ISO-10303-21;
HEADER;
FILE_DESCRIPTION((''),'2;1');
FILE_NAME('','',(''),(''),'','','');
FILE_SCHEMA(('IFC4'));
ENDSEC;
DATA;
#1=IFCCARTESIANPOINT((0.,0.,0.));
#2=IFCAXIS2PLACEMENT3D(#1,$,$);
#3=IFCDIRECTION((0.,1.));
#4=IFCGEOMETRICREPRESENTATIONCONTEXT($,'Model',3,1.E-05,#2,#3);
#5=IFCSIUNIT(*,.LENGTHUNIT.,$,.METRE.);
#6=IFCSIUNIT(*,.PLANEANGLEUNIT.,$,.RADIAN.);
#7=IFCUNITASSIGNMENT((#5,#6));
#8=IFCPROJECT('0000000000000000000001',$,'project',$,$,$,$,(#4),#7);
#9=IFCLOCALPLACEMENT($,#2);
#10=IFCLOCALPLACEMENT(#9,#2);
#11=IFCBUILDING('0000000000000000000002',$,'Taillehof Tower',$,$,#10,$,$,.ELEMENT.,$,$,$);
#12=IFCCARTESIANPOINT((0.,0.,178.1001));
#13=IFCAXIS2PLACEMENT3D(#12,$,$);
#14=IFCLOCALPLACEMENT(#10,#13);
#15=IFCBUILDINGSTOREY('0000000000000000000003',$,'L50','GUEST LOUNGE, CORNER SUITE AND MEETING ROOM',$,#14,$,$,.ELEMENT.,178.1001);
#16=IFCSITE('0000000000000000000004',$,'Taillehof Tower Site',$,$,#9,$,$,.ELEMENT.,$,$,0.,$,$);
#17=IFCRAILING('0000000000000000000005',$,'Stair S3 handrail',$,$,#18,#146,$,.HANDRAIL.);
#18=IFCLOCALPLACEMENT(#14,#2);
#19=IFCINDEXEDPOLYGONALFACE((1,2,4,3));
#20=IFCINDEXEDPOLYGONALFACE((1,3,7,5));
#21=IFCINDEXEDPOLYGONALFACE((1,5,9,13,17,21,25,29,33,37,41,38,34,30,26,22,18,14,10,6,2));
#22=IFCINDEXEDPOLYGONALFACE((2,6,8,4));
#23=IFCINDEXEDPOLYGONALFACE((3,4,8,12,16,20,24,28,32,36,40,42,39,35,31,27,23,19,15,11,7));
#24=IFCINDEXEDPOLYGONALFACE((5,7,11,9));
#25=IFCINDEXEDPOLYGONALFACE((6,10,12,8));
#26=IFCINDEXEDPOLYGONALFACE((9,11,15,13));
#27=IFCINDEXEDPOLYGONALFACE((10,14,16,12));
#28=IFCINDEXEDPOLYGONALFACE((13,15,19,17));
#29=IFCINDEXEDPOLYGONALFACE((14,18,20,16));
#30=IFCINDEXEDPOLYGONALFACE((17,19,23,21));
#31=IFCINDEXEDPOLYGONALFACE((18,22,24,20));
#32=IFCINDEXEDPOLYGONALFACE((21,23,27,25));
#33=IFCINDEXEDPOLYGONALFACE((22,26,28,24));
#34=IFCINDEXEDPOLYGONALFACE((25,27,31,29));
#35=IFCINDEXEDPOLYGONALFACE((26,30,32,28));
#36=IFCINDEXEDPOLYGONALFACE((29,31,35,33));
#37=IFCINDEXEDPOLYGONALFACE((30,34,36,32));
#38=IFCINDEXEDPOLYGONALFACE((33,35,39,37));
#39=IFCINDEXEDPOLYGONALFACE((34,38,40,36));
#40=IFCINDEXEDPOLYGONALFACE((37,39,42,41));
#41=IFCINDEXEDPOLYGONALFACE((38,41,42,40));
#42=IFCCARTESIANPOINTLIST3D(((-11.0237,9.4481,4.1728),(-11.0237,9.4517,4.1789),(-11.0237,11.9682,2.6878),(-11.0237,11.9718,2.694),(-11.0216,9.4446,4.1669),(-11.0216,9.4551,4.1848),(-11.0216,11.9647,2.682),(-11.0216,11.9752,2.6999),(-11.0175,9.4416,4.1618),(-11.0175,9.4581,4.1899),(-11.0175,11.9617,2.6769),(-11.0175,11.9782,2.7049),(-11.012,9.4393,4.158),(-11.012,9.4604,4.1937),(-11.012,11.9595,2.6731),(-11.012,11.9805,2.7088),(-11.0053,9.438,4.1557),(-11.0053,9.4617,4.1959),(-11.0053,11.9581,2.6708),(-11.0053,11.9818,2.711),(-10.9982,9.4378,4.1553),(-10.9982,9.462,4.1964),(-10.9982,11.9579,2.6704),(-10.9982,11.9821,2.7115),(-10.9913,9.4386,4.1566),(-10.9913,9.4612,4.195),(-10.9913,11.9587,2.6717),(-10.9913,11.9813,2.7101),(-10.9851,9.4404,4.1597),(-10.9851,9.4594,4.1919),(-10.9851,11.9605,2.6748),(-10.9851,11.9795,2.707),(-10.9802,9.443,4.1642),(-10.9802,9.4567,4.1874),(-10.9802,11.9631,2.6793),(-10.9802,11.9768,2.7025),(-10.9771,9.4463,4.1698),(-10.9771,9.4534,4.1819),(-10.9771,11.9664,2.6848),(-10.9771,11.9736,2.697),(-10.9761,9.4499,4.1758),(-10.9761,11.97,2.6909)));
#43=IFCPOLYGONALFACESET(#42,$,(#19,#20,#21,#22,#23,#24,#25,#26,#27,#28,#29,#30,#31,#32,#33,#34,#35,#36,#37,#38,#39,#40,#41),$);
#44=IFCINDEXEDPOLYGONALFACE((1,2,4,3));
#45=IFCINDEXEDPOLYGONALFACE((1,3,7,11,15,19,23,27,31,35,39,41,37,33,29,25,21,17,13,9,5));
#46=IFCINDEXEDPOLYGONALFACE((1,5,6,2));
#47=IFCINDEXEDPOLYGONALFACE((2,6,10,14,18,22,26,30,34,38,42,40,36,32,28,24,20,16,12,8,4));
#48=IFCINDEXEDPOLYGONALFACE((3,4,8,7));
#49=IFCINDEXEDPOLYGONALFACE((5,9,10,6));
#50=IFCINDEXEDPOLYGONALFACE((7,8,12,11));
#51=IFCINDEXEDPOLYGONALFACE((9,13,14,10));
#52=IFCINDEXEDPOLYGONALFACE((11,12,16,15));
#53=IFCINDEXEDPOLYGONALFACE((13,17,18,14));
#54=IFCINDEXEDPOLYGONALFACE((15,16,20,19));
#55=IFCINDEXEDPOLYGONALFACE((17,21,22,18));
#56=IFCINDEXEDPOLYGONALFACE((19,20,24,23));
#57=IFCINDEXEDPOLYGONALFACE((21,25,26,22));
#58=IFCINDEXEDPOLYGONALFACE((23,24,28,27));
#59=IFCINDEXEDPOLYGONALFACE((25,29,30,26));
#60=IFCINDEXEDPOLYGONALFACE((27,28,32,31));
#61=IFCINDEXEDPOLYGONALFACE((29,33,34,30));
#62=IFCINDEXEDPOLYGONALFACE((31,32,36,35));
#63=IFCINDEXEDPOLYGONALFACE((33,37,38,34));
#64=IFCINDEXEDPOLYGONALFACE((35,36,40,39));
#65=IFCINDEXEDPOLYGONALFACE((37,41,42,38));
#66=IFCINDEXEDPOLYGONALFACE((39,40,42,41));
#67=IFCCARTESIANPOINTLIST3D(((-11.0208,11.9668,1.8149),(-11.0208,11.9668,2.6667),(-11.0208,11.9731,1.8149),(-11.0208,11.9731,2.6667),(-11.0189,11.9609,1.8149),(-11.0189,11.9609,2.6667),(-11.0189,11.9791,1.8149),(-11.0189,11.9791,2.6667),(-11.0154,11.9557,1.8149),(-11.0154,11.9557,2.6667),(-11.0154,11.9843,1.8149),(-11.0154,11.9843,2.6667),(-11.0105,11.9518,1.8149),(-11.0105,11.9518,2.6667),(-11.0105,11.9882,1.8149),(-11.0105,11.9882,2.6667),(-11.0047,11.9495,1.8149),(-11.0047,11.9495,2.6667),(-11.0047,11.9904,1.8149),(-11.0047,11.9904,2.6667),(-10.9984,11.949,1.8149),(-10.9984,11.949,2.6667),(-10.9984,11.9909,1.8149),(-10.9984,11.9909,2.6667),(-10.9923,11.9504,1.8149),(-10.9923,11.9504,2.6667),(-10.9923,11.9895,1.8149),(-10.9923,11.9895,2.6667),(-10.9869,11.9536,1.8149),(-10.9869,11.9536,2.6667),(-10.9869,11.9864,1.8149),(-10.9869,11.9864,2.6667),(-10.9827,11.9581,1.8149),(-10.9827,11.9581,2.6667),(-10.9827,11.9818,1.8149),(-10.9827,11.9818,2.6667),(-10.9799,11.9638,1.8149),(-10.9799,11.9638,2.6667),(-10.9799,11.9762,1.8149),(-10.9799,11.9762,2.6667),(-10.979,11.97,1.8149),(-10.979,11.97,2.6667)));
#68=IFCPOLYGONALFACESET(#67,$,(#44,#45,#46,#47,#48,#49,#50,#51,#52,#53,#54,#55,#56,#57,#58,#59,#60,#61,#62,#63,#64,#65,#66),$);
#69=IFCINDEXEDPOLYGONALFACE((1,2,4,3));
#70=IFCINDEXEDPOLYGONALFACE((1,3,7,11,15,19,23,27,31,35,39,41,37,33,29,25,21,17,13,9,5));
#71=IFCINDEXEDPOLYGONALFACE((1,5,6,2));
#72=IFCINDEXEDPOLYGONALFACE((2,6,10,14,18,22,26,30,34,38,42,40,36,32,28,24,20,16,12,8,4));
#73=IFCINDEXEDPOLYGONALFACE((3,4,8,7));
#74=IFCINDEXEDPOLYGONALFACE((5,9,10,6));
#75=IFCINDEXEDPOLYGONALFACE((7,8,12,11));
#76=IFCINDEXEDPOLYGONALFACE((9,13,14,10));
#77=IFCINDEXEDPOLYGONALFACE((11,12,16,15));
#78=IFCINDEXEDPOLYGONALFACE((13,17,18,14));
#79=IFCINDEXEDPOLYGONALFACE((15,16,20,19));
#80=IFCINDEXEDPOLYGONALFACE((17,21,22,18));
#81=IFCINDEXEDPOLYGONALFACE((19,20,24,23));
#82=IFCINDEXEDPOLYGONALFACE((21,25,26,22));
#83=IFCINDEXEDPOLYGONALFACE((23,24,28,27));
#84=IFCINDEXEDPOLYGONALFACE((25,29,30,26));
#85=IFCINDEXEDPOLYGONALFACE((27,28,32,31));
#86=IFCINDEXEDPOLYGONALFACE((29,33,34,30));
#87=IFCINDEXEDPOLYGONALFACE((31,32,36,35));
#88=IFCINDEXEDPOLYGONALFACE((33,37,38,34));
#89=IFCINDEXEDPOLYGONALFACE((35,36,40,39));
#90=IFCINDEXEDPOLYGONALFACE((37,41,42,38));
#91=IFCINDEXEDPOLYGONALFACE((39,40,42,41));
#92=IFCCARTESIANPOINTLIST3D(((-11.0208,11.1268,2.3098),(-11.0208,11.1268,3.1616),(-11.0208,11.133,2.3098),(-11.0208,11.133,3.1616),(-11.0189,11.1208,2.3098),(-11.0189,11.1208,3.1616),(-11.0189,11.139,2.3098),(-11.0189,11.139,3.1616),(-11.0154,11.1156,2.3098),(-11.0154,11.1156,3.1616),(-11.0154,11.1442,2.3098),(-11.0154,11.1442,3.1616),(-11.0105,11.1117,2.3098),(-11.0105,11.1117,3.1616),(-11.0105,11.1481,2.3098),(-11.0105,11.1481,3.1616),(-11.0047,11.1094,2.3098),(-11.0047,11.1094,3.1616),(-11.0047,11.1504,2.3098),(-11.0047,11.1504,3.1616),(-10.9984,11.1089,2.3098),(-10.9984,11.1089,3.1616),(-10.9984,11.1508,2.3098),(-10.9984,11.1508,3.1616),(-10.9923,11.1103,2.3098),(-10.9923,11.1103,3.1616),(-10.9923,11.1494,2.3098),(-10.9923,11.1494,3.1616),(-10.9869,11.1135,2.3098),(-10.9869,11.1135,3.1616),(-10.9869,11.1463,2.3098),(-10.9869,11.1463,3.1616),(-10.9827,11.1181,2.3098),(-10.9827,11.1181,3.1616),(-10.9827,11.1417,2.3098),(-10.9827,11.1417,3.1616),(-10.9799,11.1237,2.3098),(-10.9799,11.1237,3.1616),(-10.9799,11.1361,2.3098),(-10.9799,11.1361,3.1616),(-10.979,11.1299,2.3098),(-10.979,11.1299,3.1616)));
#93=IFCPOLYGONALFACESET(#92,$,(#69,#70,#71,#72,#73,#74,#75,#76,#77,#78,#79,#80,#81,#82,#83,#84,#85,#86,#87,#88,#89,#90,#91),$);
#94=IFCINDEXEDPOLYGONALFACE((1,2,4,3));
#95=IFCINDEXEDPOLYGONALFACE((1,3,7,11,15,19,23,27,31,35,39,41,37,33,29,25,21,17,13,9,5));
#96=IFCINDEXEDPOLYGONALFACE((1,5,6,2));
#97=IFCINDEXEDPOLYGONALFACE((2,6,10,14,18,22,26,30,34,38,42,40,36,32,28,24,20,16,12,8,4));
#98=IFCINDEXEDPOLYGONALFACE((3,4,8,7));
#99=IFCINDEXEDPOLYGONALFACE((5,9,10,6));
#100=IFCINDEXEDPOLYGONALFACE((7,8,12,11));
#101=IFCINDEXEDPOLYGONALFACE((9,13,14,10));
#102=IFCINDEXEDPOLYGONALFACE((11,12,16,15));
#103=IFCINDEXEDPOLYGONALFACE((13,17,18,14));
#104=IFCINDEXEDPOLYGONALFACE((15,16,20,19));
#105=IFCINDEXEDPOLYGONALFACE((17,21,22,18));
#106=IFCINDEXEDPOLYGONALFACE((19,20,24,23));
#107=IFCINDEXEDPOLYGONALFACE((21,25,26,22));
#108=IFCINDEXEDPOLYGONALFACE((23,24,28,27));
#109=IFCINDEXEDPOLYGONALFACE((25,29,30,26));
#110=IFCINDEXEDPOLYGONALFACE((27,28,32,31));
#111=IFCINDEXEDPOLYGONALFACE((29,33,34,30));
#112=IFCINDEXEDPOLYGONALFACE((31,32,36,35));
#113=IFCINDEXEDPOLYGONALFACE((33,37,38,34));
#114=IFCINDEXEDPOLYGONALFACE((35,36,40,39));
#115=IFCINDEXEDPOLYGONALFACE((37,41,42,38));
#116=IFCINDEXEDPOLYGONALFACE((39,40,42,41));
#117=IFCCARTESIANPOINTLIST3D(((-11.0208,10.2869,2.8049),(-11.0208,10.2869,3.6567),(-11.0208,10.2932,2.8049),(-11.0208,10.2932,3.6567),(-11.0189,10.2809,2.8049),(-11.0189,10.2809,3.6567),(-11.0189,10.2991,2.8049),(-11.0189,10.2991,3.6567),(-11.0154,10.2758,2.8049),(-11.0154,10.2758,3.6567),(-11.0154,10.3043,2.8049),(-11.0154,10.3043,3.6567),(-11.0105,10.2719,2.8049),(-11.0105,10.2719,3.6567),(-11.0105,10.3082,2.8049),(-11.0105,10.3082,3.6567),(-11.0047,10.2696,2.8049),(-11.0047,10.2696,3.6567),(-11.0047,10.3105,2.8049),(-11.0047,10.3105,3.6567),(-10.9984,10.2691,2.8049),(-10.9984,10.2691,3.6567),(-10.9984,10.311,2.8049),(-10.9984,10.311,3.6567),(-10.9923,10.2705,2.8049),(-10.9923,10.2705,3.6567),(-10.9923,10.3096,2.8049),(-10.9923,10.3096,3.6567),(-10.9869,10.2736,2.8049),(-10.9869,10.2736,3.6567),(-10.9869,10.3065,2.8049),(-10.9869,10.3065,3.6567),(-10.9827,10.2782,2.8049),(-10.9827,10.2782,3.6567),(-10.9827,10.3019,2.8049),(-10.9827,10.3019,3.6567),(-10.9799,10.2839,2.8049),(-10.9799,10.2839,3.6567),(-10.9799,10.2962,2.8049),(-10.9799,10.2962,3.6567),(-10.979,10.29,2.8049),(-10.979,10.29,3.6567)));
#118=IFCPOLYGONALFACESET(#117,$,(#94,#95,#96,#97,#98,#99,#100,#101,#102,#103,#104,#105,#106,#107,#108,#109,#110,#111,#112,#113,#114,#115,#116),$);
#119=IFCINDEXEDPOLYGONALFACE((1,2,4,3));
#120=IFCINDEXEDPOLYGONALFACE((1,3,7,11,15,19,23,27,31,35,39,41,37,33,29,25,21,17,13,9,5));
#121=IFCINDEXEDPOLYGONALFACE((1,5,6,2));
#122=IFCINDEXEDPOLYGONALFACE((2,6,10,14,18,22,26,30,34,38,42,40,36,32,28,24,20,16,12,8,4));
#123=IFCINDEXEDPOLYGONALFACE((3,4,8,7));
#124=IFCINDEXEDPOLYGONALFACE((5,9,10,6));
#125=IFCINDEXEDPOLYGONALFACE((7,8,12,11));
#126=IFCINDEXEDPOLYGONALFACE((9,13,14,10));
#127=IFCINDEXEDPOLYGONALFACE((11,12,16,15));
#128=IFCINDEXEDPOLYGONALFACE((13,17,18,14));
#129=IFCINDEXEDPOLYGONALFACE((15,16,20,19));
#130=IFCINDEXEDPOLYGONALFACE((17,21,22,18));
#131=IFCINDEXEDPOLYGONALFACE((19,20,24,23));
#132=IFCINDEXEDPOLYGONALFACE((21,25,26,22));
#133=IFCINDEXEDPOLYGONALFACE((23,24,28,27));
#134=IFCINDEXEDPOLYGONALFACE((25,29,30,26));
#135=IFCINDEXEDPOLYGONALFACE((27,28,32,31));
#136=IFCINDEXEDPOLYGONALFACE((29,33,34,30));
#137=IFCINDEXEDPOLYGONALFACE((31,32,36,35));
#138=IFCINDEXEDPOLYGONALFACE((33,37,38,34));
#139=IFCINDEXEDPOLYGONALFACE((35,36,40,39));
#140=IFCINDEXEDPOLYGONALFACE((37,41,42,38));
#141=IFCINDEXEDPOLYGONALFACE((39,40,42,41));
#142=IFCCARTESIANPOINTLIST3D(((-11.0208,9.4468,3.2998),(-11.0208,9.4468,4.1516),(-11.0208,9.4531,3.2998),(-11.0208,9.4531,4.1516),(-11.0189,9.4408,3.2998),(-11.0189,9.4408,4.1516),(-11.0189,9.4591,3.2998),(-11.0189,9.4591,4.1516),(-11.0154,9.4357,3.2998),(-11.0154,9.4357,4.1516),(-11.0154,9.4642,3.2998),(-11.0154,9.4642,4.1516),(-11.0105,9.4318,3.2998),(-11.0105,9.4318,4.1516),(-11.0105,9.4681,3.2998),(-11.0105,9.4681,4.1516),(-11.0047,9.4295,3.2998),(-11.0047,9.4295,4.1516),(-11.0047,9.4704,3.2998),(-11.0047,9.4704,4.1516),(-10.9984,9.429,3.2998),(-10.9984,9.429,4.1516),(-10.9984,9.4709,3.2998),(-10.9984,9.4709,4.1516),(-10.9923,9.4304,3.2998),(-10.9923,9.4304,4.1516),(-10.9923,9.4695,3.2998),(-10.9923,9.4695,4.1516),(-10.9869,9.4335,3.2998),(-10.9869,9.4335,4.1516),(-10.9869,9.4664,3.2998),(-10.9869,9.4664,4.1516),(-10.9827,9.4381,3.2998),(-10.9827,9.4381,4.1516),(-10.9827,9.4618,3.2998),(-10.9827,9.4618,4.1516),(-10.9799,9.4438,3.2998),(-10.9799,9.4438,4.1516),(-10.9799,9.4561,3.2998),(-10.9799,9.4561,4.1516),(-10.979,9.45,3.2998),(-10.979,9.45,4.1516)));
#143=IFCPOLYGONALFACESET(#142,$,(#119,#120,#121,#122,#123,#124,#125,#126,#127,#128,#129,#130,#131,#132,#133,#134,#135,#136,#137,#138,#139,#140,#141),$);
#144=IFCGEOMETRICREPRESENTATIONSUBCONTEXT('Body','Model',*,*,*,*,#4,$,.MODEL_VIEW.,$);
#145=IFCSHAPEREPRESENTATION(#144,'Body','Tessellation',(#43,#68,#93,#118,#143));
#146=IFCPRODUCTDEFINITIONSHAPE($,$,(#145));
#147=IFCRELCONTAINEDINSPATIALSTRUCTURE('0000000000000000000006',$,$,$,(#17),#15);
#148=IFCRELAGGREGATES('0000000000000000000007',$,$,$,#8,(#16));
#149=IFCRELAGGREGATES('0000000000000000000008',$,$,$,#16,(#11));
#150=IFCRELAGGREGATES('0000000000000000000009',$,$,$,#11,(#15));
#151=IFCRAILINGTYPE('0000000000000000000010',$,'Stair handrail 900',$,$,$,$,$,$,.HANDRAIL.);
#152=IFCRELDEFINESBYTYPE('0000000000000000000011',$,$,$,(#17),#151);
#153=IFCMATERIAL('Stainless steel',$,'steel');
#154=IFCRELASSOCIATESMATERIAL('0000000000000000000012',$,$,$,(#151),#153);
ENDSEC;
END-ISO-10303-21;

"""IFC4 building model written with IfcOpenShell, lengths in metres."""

from ifc_helpers import new_model, si_unit, direction, frame, origin, origin_2d, place, context, subcontext, project, spatial, circle, extrude, material, type_object, element, save


model = new_model("IFC4")

# Units and contexts
model_context = context("Model", 3, precision=1e-05, world=origin(), true_north=direction((0.0, 1.0)))
body_context = subcontext(model_context, "Body", "Model", "MODEL_VIEW")
ifc_project = project(units=[si_unit("LENGTHUNIT", "METRE"), si_unit("PLANEANGLEUNIT", "RADIAN")], contexts=[model_context])

# Site, building, storey
site_placement = place(None, origin())
site = spatial("IfcSite", under=ifc_project, at=site_placement, Name="Taillehof Tower Site", CompositionType="ELEMENT", RefElevation=0.0)
building_placement = place(site_placement, origin())
building = spatial("IfcBuilding", under=site, at=building_placement, Name="Taillehof Tower", CompositionType="ELEMENT")
storey_placement = place(building_placement, frame((0.0, 0.0, 178.1001)))
storey = spatial("IfcBuildingStorey", under=building, at=storey_placement, Name="L50", Description="GUEST LOUNGE, CORNER SUITE AND MEETING ROOM", CompositionType="ELEMENT", Elevation=178.1001)

# Railing
ifc_material_1 = material(Name="Stainless steel", Category="steel")
railing_type = type_object("IfcRailingType", Name="Stair handrail 900", PredefinedType="HANDRAIL", material=ifc_material_1)
railing_placement = place(storey_placement, frame((-11.0, 11.97, 1.8149)))
element("IfcRailing", 1, at=railing_placement, inside=storey, type_object=railing_type, Name="Stair S3 handrail", PredefinedType="HANDRAIL", context=body_context, shape_type="SweptSolid", body=[
    extrude(circle(Radius=0.0239, at=origin_2d()), frame((0.0, 0.0, 0.876), z_axis=(0.0, -0.861561, 0.507655), x_axis=(1.0, 0.0, 0.0)), (0.0, 0.0, 1.0), 2.925),
    extrude(circle(Radius=0.021, at=origin_2d()), origin(), (0.0, 0.0, 1.0), 0.8518),
    extrude(circle(Radius=0.021, at=origin_2d()), frame((0.0, -0.8401, 0.4949)), (0.0, 0.0, 1.0), 0.8518),
    extrude(circle(Radius=0.021, at=origin_2d()), frame((0.0, -1.6799, 0.99)), (0.0, 0.0, 1.0), 0.8518),
    extrude(circle(Radius=0.021, at=origin_2d()), frame((0.0, -2.52, 1.4849)), (0.0, 0.0, 1.0), 0.8518),
])

save(model, "model.ifc")
